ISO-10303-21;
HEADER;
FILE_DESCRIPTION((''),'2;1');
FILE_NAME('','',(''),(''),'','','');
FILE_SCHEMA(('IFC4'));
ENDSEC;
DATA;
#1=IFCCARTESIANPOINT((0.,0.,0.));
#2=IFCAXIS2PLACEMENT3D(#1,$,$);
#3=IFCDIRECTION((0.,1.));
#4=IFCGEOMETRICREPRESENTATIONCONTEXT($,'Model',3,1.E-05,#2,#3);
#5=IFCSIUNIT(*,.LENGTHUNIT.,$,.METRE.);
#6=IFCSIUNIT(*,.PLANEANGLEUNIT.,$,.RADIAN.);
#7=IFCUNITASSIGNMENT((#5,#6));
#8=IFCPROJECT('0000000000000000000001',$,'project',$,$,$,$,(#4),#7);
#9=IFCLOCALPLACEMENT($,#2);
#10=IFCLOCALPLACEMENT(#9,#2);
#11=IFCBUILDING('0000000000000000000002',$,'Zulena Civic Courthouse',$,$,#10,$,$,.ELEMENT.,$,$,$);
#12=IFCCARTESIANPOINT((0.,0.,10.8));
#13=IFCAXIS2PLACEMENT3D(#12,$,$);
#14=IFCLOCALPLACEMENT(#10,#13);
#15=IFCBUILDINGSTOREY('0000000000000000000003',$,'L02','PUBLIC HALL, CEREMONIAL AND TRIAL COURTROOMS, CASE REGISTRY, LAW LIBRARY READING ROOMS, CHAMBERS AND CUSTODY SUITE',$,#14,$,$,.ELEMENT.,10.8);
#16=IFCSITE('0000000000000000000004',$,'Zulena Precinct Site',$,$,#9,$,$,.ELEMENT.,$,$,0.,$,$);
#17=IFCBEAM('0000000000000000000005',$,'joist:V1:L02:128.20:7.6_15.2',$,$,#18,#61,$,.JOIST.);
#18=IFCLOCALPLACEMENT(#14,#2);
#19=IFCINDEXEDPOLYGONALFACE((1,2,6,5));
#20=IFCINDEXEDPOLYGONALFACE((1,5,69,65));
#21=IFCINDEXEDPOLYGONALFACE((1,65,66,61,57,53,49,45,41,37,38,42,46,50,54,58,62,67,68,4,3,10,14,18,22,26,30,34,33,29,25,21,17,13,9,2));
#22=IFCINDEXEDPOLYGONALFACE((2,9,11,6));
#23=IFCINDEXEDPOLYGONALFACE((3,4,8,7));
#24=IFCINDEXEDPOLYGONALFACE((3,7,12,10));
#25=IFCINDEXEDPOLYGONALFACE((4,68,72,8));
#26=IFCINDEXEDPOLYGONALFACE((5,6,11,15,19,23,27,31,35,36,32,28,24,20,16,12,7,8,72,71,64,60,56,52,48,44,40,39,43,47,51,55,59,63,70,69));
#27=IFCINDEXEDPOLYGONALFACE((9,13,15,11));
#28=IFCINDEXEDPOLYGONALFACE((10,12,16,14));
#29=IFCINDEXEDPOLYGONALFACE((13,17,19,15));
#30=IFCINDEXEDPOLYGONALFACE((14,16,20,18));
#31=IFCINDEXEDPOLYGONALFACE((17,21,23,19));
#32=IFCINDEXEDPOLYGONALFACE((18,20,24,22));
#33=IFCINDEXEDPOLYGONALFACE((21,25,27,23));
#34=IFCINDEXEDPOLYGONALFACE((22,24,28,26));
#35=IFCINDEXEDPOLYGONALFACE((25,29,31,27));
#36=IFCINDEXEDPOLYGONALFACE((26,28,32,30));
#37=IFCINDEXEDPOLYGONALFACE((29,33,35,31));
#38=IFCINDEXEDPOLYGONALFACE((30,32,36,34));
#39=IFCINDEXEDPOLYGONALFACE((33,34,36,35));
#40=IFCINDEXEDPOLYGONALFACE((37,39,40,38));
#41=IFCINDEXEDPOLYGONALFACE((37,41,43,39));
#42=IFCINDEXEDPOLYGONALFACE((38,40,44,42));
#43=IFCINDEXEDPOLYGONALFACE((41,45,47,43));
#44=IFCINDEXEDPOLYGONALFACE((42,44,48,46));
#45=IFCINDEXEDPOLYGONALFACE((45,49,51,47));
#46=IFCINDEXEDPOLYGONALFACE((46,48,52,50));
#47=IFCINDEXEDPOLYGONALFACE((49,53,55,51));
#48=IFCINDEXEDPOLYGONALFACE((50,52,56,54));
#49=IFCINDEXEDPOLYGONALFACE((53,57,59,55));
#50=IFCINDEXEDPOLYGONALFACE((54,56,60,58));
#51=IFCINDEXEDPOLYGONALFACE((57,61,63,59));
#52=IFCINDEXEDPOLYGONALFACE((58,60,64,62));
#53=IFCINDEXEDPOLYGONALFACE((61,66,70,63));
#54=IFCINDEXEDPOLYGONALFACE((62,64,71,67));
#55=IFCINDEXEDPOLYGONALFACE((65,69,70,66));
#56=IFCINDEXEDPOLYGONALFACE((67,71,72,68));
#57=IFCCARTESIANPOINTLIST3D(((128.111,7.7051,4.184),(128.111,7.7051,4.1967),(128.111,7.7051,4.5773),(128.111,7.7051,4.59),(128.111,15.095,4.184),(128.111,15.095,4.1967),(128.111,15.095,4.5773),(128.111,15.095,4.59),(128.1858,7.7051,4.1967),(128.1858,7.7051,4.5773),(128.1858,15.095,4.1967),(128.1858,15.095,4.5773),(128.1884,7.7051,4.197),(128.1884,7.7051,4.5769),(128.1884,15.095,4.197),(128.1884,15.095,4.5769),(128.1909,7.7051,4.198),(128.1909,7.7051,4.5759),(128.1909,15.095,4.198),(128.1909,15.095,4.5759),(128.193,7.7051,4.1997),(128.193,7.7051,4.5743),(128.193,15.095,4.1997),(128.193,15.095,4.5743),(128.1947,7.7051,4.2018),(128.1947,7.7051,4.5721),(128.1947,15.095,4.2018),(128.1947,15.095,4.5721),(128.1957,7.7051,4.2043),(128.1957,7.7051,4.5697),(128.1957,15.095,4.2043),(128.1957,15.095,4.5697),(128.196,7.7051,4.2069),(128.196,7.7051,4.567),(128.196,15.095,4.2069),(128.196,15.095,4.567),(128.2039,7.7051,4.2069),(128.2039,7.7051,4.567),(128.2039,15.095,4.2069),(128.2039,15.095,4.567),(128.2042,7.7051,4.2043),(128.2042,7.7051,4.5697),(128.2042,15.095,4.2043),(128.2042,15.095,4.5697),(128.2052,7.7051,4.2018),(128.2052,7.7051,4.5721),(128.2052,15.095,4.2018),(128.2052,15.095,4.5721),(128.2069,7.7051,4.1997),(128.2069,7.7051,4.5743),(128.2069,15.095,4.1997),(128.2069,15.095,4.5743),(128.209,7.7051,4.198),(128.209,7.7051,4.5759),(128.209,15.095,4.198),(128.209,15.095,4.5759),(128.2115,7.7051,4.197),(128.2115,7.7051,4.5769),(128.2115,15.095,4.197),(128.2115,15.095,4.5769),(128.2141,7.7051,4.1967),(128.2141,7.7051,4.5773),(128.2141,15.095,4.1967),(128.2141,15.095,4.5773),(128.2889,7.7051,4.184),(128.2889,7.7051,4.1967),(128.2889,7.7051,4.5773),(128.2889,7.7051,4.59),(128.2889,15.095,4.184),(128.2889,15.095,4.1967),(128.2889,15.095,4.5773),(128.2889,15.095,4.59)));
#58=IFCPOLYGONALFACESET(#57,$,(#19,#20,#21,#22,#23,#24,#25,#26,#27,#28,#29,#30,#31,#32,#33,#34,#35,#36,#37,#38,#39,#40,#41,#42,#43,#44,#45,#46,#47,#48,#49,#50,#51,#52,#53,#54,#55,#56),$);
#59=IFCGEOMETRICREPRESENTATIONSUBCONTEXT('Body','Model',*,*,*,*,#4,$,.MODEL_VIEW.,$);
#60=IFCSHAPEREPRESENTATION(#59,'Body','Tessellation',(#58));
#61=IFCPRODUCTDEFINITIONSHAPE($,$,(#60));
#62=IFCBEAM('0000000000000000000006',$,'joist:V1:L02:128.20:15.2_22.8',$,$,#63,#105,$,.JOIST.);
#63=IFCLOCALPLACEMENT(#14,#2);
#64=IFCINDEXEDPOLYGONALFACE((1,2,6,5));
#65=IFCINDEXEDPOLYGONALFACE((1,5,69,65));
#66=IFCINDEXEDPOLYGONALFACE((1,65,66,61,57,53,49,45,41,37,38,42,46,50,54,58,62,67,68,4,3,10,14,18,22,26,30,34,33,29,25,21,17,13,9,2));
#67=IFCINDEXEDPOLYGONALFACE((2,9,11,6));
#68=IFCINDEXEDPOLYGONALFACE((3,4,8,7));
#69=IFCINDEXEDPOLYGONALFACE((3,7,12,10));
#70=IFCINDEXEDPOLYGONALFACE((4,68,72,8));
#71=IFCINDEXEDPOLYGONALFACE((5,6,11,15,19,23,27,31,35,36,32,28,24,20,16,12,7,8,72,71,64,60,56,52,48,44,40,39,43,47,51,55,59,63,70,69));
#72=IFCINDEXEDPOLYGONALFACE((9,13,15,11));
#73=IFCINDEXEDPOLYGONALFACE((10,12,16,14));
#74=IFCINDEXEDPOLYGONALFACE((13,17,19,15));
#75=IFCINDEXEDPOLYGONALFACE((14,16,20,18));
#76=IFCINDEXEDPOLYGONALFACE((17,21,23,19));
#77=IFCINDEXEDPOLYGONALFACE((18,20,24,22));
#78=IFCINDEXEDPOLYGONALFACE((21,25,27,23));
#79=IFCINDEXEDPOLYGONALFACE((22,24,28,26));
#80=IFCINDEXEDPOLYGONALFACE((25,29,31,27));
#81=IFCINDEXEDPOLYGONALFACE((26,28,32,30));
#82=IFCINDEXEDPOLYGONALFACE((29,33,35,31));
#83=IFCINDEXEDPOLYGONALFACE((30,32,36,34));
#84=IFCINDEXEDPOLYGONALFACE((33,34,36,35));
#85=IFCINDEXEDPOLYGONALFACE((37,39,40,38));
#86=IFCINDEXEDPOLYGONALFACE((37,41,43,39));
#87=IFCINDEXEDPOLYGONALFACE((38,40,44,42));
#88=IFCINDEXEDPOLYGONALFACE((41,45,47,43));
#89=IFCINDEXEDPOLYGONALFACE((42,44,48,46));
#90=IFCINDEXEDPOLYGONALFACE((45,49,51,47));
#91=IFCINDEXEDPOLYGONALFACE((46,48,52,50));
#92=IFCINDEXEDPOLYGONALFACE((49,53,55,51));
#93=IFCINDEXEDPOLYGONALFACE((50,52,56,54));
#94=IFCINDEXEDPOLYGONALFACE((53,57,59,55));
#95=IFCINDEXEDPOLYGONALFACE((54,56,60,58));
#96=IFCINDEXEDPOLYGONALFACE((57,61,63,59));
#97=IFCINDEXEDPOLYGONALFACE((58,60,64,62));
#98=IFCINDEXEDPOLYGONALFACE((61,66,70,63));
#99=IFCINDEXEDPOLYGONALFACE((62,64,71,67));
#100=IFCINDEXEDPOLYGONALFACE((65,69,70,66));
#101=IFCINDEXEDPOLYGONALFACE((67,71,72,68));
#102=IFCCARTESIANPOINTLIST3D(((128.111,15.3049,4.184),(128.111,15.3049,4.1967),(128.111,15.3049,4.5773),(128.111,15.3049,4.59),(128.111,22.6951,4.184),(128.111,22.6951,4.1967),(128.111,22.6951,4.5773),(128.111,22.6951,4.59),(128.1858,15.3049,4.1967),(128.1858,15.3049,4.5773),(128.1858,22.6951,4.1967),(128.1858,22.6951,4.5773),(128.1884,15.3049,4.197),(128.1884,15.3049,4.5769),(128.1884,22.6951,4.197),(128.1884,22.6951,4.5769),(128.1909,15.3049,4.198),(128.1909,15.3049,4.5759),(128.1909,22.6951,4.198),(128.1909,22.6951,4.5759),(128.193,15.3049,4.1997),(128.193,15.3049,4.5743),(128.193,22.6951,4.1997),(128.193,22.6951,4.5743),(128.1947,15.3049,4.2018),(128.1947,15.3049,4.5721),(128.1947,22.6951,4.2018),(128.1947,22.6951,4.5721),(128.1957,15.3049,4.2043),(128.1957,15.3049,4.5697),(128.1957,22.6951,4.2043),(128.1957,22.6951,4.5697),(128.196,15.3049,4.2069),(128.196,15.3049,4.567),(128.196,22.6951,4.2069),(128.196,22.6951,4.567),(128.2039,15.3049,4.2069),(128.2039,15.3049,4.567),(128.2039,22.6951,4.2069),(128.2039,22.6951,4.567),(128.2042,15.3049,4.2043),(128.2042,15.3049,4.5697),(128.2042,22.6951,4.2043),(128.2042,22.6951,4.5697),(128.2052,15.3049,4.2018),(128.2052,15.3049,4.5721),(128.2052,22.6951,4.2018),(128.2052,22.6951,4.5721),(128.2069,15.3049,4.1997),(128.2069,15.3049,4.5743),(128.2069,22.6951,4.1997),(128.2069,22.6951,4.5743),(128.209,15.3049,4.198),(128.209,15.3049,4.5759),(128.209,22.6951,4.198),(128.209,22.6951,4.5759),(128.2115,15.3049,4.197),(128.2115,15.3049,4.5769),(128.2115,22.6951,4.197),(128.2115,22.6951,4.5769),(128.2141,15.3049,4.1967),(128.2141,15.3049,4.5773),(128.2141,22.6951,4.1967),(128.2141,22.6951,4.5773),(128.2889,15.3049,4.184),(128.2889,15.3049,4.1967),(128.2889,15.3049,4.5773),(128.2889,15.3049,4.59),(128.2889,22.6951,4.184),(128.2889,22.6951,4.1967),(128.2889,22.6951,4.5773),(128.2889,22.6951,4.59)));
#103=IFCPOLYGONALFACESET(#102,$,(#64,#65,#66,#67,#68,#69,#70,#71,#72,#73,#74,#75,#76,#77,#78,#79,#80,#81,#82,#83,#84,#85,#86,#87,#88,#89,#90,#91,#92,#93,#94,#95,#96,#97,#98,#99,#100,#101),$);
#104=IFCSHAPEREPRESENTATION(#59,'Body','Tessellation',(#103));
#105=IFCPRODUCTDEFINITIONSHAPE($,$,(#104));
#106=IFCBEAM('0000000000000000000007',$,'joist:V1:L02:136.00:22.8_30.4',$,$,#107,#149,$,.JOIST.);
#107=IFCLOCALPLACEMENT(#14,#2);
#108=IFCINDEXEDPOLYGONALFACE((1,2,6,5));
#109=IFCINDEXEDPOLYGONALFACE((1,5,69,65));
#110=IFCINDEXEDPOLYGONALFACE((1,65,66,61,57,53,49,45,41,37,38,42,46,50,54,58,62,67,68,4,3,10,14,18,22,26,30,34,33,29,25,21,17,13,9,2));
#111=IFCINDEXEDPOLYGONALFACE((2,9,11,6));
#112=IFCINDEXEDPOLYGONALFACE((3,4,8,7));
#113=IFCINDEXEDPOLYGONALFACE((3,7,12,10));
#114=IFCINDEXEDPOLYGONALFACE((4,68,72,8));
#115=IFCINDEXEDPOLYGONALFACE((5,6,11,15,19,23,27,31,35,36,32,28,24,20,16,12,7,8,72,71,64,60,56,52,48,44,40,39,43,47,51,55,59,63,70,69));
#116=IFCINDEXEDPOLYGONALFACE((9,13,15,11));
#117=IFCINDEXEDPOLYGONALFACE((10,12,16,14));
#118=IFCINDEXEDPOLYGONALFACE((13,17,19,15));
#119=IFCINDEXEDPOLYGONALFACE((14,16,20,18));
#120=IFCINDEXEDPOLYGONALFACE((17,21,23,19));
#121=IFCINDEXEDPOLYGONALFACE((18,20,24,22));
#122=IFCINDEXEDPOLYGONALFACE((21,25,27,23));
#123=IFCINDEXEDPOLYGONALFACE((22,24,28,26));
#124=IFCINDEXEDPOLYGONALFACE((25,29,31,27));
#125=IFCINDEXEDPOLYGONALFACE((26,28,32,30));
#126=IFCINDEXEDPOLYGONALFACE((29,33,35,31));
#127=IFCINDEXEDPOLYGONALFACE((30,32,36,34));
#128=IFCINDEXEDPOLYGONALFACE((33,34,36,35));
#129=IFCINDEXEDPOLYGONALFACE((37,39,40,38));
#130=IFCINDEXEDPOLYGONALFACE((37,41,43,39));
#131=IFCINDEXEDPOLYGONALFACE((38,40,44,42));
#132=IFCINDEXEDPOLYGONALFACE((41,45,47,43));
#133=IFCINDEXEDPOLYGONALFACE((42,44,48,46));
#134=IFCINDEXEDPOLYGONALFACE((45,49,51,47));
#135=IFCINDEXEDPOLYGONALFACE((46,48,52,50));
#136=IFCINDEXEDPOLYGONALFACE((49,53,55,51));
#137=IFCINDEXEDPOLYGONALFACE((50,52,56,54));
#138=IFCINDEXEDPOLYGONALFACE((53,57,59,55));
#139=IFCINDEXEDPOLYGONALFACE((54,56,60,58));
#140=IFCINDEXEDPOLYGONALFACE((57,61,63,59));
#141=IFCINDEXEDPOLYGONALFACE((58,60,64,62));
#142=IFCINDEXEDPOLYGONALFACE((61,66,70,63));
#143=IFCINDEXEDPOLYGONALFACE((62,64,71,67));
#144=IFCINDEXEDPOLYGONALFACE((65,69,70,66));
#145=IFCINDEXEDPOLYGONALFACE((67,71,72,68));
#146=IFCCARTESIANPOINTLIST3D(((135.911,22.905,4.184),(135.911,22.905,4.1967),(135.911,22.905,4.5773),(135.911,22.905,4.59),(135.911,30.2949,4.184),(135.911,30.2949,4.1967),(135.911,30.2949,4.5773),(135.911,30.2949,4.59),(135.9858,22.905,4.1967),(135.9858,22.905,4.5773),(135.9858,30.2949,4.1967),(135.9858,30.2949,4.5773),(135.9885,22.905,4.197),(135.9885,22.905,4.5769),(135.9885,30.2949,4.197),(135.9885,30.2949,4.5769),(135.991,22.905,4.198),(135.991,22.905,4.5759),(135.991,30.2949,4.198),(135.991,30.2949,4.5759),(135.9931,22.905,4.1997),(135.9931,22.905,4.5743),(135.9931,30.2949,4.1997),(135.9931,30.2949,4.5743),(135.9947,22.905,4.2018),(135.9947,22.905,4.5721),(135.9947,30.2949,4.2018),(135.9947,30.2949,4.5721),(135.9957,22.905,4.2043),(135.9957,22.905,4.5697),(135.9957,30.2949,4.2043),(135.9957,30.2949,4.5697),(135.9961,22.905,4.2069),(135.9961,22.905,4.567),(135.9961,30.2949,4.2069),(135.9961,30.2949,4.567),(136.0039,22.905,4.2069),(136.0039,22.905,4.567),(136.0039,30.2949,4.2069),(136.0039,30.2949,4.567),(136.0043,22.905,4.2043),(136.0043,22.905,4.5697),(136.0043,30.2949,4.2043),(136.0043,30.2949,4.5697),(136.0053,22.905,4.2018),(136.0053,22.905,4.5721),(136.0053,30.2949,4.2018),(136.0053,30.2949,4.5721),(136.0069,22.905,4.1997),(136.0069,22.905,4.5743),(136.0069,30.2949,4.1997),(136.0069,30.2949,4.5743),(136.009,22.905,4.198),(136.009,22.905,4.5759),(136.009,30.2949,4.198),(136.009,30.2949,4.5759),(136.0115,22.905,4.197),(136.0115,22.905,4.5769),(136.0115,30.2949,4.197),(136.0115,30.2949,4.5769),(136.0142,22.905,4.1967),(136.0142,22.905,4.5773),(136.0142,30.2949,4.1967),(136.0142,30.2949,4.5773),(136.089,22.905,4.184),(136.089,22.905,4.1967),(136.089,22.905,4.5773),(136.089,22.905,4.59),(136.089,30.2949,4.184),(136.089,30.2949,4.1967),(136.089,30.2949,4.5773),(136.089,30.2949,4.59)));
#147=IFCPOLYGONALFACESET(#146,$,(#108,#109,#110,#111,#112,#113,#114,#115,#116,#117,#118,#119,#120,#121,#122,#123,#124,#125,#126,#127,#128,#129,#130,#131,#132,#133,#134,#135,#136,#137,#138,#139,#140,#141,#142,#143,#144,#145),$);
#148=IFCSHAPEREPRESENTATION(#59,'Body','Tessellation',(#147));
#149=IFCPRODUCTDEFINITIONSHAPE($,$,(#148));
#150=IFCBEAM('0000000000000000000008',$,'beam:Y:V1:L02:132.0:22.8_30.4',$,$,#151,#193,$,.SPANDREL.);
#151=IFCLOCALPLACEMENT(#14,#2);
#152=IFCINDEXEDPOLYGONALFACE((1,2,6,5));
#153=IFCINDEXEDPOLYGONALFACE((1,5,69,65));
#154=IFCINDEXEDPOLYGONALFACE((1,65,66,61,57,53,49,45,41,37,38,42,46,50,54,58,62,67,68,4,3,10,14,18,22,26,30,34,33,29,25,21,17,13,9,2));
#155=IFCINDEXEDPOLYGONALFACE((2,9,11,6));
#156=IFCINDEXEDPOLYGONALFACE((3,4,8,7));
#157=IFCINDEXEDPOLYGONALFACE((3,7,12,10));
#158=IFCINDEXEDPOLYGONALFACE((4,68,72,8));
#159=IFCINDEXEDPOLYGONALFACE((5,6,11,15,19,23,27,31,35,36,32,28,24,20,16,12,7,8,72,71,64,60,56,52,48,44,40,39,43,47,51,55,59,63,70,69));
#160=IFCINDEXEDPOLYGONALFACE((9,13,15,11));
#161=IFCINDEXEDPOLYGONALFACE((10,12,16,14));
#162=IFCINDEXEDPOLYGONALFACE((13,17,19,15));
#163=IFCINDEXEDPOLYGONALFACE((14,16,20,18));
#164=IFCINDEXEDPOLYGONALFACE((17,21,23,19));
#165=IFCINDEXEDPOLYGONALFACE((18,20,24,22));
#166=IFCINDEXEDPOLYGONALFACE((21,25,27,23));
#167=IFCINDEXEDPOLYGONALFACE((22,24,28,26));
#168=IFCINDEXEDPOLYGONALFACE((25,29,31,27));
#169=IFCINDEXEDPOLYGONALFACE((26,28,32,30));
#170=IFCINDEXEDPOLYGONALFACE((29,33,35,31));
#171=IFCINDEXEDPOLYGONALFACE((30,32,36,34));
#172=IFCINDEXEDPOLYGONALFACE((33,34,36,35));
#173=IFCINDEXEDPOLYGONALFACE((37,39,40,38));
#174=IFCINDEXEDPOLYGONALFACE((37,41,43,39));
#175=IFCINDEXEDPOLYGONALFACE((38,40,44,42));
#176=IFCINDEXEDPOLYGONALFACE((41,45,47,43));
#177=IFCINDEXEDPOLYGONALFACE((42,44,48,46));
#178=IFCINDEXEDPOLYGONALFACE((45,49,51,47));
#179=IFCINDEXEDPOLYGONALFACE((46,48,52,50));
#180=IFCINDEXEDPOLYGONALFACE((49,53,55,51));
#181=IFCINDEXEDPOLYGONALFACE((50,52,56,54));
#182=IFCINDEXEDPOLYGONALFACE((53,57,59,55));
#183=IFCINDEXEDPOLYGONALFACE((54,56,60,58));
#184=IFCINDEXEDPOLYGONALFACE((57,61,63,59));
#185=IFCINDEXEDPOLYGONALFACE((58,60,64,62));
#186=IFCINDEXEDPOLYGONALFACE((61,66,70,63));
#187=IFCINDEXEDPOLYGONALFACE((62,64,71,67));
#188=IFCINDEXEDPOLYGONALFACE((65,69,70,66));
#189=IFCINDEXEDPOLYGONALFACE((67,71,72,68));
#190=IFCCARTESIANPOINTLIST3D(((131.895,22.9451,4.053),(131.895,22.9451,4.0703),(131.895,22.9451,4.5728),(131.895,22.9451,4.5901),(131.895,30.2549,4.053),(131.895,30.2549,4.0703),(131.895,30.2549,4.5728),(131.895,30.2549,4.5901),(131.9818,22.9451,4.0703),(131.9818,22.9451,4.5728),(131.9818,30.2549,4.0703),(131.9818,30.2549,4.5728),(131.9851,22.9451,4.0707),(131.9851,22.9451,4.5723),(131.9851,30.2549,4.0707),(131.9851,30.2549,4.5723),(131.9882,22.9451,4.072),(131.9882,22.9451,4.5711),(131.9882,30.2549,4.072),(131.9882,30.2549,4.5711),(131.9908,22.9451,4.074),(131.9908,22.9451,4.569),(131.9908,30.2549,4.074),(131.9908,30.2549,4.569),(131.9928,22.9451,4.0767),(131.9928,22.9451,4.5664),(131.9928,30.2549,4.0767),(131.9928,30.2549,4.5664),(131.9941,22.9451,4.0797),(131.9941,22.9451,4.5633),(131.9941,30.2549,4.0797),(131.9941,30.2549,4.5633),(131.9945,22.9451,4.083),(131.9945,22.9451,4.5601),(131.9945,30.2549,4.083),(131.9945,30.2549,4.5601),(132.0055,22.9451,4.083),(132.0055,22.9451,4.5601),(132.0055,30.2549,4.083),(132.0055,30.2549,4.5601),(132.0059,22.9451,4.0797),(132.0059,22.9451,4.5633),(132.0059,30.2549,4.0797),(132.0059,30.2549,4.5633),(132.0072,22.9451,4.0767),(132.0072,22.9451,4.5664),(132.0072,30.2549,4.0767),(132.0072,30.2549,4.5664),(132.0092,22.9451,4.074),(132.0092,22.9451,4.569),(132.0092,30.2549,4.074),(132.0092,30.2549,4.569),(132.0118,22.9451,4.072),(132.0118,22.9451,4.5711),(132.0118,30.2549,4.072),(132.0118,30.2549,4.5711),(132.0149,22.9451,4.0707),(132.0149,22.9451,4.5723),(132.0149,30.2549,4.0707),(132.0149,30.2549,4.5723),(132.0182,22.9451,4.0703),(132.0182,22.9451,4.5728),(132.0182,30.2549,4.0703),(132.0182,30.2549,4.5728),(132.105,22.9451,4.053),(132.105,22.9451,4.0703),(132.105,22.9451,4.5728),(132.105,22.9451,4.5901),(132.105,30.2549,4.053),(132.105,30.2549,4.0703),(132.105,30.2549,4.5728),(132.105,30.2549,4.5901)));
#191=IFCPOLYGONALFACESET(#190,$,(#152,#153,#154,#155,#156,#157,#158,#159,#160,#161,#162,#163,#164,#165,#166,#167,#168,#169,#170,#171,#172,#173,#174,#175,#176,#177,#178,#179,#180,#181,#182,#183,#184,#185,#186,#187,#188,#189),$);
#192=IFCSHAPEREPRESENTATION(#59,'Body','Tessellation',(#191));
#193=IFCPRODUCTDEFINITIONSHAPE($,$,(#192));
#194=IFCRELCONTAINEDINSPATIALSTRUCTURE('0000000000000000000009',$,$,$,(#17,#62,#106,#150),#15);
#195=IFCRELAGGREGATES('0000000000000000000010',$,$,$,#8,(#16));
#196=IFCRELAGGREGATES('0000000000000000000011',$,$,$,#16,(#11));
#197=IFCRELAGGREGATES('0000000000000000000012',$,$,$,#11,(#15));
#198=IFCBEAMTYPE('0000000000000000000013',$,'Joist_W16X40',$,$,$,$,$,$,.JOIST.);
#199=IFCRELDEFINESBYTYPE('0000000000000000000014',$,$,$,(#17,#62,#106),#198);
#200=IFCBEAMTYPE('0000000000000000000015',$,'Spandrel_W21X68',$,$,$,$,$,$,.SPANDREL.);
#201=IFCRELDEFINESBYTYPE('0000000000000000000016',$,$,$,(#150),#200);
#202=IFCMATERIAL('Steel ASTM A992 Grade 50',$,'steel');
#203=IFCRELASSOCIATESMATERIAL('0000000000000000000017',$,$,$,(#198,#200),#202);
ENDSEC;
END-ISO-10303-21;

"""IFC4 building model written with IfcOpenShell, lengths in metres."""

from ifc_helpers import new_model, si_unit, direction, frame, origin, origin_2d, place, context, subcontext, project, spatial, i_section, extrude, material, material_profile, profile_set, type_object, element, save


model = new_model("IFC4")

# Units and contexts
model_context = context("Model", 3, precision=1e-05, world=origin(), true_north=direction((0.0, 1.0)))
body_context = subcontext(model_context, "Body", "Model", "MODEL_VIEW")
ifc_project = project(units=[si_unit("LENGTHUNIT", "METRE"), si_unit("PLANEANGLEUNIT", "RADIAN")], contexts=[model_context])

# Site, building, storey
site_placement = place(None, origin())
site = spatial("IfcSite", under=ifc_project, at=site_placement, Name="Zulena Precinct Site", CompositionType="ELEMENT", RefElevation=0.0)
building_placement = place(site_placement, origin())
building = spatial("IfcBuilding", under=site, at=building_placement, Name="Zulena Civic Courthouse", CompositionType="ELEMENT")
storey_placement = place(building_placement, frame((0.0, 0.0, 10.8)))
storey = spatial("IfcBuildingStorey", under=building, at=storey_placement, Name="L02", Description="PUBLIC HALL, CEREMONIAL AND TRIAL COURTROOMS, CASE REGISTRY, LAW LIBRARY READING ROOMS, CHAMBERS AND CUSTODY SUITE", CompositionType="ELEMENT", Elevation=10.8)

# Shared definitions
ifc_material_1 = material(Name="Steel ASTM A992 Grade 50", Category="steel")

# Beams
ifc_material_profile_1 = material_profile(ifc_material_1, i_section(OverallWidth=0.178, OverallDepth=0.406, WebThickness=0.0078, FlangeThickness=0.0127, FilletRadius=0.0103, at=origin_2d()), Name="W16X40")
ifc_profile_set_1 = profile_set([ifc_material_profile_1], Name="Steel ASTM A992 Grade 50")
beam_type_1 = type_object("IfcBeamType", Name="Joist_W16X40", PredefinedType="JOIST", material=ifc_profile_set_1)
beam_1_placement = place(storey_placement, frame((128.2, 7.7051, 4.387), z_axis=(0.0, 1.0, 0.0), x_axis=(-1.0, 0.0, 0.0)))
element("IfcBeam", 1, at=beam_1_placement, inside=storey, type_object=beam_type_1, Name="joist:V1:L02:128.20:7.6_15.2", PredefinedType="JOIST", context=body_context, shape_type="SweptSolid", body=[
    extrude(i_section(OverallWidth=0.178, OverallDepth=0.406, WebThickness=0.0078, FlangeThickness=0.0127, FilletRadius=0.0103, at=origin_2d()), origin(), (0.0, 0.0, 1.0), 7.3899),
])
beam_2_placement = place(storey_placement, frame((128.2, 15.3049, 4.387), z_axis=(0.0, 1.0, 0.0), x_axis=(-1.0, 0.0, 0.0)))
element("IfcBeam", 2, at=beam_2_placement, inside=storey, type_object=beam_type_1, Name="joist:V1:L02:128.20:15.2_22.8", PredefinedType="JOIST", context=body_context, shape_type="SweptSolid", body=[
    extrude(i_section(OverallWidth=0.178, OverallDepth=0.406, WebThickness=0.0078, FlangeThickness=0.0127, FilletRadius=0.0103, at=origin_2d()), origin(), (0.0, 0.0, 1.0), 7.3901),
])
beam_3_placement = place(storey_placement, frame((136.0, 22.905, 4.387), z_axis=(0.0, 1.0, 0.0), x_axis=(-1.0, 0.0, 0.0)))
element("IfcBeam", 3, at=beam_3_placement, inside=storey, type_object=beam_type_1, Name="joist:V1:L02:136.00:22.8_30.4", PredefinedType="JOIST", context=body_context, shape_type="SweptSolid", body=[
    extrude(i_section(OverallWidth=0.178, OverallDepth=0.406, WebThickness=0.0078, FlangeThickness=0.0127, FilletRadius=0.0103, at=origin_2d()), origin(), (0.0, 0.0, 1.0), 7.3899),
])
ifc_material_profile_2 = material_profile(ifc_material_1, i_section(OverallWidth=0.21, OverallDepth=0.5371, WebThickness=0.011, FlangeThickness=0.0173, FilletRadius=0.0127, at=origin_2d()), Name="W21X68")
ifc_profile_set_2 = profile_set([ifc_material_profile_2], Name="Steel ASTM A992 Grade 50")
beam_type_2 = type_object("IfcBeamType", Name="Spandrel_W21X68", PredefinedType="SPANDREL", material=ifc_profile_set_2)
beam_4_placement = place(storey_placement, frame((132.0, 22.9451, 4.3215), z_axis=(0.0, 1.0, 0.0), x_axis=(-1.0, 0.0, 0.0)))
element("IfcBeam", 4, at=beam_4_placement, inside=storey, type_object=beam_type_2, Name="beam:Y:V1:L02:132.0:22.8_30.4", PredefinedType="SPANDREL", context=body_context, shape_type="SweptSolid", body=[
    extrude(i_section(OverallWidth=0.21, OverallDepth=0.5371, WebThickness=0.011, FlangeThickness=0.0173, FilletRadius=0.0127, at=origin_2d()), origin(), (0.0, 0.0, 1.0), 7.3098),
])

save(model, "model.ifc")
